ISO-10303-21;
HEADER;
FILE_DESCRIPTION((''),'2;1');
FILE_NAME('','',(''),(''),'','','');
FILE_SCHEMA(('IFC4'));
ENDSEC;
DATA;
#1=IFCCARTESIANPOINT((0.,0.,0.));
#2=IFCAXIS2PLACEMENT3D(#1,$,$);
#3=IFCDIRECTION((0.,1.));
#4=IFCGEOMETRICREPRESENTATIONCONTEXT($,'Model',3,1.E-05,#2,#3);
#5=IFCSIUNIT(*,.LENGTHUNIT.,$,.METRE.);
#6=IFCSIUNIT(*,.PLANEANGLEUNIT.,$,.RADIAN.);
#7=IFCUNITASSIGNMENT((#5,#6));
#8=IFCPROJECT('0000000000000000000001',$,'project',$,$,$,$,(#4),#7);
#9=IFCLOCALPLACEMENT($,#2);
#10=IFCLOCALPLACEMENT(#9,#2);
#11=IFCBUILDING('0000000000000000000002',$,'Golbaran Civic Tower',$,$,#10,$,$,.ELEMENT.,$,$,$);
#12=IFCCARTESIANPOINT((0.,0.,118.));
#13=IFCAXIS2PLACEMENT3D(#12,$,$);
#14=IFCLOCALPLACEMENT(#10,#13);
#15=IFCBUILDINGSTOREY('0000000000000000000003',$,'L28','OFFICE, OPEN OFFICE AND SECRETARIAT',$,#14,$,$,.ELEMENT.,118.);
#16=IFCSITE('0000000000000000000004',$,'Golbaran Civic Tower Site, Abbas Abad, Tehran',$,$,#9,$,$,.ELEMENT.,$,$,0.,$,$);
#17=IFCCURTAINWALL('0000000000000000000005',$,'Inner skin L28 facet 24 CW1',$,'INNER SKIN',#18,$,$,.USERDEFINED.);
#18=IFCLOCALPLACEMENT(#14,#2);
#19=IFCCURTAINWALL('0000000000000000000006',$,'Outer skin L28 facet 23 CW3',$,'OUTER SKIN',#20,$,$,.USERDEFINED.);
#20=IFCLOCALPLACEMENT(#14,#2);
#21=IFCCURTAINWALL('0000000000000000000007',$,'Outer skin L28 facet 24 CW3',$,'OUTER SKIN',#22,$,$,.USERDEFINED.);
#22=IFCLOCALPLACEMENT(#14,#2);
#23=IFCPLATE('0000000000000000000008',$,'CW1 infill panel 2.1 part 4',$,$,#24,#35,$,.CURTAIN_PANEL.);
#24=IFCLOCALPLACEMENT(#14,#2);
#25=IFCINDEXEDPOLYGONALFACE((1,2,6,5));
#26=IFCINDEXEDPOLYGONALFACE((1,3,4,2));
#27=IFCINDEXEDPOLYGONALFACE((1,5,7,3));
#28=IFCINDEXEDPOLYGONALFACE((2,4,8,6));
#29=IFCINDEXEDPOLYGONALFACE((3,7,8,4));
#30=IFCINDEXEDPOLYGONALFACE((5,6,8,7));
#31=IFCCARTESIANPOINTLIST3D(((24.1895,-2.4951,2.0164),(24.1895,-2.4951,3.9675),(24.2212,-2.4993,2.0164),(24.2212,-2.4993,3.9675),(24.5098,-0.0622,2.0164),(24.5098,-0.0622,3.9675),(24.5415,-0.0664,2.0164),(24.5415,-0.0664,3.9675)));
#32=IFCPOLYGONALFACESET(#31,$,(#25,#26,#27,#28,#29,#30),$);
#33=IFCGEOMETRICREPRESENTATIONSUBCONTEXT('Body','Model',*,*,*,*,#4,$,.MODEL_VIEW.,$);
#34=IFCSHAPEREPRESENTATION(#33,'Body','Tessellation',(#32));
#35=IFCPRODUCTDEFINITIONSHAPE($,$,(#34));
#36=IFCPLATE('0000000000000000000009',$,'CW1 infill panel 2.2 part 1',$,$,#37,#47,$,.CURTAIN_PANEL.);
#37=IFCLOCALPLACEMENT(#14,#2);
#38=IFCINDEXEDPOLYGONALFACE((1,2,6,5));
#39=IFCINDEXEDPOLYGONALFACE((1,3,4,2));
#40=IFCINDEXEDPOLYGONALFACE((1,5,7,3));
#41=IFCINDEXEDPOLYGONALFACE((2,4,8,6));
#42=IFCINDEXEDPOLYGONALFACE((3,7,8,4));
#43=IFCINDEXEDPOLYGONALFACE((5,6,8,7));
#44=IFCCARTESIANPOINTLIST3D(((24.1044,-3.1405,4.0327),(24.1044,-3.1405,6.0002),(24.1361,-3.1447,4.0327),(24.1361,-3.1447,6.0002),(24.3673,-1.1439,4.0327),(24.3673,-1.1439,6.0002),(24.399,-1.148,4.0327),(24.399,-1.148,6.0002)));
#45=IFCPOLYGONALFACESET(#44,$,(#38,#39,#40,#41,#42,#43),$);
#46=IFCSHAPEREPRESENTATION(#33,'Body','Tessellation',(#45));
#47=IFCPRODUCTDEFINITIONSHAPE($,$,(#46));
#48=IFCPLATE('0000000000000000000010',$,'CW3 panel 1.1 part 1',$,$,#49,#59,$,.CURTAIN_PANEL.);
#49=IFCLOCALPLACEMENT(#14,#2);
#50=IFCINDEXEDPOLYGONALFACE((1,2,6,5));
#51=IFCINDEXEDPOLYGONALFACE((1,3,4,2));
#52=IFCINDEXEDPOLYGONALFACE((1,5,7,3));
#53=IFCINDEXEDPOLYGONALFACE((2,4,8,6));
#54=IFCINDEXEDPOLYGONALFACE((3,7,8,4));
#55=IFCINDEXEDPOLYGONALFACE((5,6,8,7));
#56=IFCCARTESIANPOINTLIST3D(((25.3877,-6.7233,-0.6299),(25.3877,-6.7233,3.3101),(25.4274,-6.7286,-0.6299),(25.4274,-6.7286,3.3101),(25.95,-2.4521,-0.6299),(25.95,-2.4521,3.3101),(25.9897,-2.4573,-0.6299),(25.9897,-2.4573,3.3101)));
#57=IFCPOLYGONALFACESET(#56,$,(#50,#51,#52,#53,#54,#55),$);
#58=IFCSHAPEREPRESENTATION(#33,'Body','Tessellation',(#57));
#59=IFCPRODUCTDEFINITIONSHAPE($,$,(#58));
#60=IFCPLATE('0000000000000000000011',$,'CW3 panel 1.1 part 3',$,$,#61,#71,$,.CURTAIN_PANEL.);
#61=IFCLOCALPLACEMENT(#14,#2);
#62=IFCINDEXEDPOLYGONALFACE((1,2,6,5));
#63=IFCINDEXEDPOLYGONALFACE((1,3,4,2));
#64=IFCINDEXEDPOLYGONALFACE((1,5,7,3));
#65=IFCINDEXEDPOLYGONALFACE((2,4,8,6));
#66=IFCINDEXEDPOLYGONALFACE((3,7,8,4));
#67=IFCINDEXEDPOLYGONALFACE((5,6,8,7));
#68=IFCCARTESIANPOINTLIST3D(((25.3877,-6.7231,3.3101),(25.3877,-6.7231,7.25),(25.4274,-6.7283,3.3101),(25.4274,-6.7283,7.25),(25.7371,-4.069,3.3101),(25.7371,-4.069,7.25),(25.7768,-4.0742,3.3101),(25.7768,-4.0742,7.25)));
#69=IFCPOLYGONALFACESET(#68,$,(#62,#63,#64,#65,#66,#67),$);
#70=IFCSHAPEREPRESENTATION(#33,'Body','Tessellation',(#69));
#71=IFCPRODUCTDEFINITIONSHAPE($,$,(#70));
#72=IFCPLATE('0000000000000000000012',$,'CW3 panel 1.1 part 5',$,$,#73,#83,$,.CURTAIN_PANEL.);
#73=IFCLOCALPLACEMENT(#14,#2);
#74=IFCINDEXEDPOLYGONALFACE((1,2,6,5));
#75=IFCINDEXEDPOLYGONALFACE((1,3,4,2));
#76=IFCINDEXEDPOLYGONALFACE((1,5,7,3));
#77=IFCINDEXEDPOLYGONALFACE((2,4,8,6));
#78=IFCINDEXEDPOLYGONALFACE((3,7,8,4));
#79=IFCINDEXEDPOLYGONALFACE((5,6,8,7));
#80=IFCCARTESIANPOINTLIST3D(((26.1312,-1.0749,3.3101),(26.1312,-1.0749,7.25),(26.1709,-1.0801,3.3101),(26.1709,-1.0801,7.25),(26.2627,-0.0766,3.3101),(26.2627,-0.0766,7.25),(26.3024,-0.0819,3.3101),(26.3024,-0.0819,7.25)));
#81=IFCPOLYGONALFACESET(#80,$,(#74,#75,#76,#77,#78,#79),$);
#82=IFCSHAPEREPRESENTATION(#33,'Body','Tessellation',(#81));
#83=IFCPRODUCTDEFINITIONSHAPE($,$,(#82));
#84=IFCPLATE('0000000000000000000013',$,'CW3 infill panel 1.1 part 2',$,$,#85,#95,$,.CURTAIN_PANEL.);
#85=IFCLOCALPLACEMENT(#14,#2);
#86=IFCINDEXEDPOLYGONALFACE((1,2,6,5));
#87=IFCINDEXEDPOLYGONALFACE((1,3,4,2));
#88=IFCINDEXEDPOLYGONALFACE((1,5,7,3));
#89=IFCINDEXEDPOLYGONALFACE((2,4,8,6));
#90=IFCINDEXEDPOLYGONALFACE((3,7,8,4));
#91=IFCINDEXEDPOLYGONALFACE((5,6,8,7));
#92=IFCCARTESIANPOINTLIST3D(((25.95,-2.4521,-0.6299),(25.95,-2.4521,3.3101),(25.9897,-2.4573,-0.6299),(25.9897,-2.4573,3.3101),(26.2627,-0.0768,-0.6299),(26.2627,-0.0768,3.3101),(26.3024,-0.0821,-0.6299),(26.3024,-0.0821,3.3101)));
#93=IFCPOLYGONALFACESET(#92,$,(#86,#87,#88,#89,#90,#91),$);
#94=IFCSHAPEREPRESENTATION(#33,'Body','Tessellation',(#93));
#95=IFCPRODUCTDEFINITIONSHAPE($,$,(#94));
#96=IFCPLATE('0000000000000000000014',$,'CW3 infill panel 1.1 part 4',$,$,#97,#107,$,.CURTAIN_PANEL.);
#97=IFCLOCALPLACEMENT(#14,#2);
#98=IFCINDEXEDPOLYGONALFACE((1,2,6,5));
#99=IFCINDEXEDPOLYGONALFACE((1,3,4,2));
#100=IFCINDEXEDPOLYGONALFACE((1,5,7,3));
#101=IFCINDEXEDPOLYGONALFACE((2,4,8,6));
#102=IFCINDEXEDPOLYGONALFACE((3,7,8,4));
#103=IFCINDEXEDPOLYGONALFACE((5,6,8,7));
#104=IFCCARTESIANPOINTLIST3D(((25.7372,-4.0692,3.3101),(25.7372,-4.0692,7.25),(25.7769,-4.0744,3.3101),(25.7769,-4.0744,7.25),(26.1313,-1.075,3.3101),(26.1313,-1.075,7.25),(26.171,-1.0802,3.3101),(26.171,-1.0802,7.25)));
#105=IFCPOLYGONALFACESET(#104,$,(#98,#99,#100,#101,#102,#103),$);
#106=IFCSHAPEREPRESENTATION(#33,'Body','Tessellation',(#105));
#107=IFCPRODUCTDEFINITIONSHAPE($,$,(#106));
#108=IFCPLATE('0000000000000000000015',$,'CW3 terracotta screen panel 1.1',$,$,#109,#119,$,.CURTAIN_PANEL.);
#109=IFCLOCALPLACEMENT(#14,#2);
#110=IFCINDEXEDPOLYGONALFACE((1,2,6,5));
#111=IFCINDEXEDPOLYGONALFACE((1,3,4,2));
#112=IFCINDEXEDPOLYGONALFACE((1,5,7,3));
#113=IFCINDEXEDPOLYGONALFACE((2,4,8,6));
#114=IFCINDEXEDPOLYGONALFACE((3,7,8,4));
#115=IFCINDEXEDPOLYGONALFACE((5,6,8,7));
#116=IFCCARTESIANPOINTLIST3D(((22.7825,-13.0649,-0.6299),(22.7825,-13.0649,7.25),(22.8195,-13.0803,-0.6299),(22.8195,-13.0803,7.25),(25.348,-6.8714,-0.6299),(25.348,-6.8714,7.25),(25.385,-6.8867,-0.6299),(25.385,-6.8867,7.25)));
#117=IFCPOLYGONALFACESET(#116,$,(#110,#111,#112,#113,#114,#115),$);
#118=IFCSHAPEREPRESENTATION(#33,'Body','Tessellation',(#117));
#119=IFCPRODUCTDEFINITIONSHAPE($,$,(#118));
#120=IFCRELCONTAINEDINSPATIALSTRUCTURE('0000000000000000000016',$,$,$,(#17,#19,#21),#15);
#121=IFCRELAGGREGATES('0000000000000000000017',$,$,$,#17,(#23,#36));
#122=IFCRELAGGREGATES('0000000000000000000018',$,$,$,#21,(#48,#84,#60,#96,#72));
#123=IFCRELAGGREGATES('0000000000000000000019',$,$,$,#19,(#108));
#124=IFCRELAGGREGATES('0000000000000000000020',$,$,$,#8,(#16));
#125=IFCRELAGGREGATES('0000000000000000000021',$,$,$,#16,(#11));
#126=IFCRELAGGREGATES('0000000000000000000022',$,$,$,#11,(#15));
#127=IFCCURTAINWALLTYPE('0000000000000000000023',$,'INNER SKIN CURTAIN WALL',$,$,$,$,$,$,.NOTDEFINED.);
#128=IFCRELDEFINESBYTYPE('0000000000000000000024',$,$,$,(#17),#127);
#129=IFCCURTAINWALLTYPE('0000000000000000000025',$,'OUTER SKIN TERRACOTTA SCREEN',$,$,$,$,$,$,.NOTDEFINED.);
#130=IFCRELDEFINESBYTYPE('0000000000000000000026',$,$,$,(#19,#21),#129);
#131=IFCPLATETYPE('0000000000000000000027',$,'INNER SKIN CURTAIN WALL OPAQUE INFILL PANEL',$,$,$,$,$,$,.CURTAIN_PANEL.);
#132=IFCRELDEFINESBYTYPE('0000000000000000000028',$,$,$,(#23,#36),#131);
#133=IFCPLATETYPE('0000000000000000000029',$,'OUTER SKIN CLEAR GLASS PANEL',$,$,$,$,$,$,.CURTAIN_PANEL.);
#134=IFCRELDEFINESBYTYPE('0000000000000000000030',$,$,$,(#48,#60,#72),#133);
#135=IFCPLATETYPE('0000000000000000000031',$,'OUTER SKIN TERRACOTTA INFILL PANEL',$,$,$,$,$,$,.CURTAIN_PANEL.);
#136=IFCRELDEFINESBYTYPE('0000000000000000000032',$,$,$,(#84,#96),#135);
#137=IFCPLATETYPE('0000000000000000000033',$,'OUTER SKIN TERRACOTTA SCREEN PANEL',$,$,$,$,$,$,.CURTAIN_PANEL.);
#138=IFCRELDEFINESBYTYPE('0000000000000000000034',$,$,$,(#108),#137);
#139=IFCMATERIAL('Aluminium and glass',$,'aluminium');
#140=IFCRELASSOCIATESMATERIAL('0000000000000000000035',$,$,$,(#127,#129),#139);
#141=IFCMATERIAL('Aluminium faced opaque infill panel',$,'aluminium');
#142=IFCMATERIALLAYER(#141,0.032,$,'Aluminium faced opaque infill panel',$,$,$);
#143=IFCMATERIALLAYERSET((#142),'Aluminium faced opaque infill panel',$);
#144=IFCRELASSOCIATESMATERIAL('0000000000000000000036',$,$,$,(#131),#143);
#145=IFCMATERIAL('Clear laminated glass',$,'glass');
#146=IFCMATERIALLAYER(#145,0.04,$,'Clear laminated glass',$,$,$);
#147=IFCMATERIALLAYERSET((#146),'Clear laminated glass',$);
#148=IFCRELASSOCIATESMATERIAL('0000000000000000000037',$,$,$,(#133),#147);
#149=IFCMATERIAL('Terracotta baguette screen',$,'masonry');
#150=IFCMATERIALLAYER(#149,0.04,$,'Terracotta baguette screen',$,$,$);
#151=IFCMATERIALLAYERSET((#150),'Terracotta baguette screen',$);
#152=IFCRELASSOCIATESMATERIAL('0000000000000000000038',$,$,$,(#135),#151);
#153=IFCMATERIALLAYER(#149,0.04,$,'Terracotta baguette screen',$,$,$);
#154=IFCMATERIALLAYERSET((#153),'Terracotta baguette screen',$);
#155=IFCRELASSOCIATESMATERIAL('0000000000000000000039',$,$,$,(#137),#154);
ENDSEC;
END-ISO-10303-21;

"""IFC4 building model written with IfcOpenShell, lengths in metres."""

from ifc_helpers import new_model, si_unit, direction, frame, origin, origin_2d, place, context, subcontext, project, spatial, rectangle, extrude, material, layer, layer_set, type_object, element, aggregate, save


model = new_model("IFC4")

# Units and contexts
model_context = context("Model", 3, precision=1e-05, world=origin(), true_north=direction((0.0, 1.0)))
body_context = subcontext(model_context, "Body", "Model", "MODEL_VIEW")
ifc_project = project(units=[si_unit("LENGTHUNIT", "METRE"), si_unit("PLANEANGLEUNIT", "RADIAN")], contexts=[model_context])

# Site, building, storey
site_placement = place(None, origin())
site = spatial("IfcSite", under=ifc_project, at=site_placement, Name="Golbaran Civic Tower Site, Abbas Abad, Tehran", CompositionType="ELEMENT", RefElevation=0.0)
building_placement = place(site_placement, origin())
building = spatial("IfcBuilding", under=site, at=building_placement, Name="Golbaran Civic Tower", CompositionType="ELEMENT")
storey_placement = place(building_placement, frame((0.0, 0.0, 118.0)))
storey = spatial("IfcBuildingStorey", under=building, at=storey_placement, Name="L28", Description="OFFICE, OPEN OFFICE AND SECRETARIAT", CompositionType="ELEMENT", Elevation=118.0)

# Curtain wall
ifc_material_1 = material(Name="Aluminium and glass", Category="aluminium")
curtain_wall_type_1 = type_object("IfcCurtainWallType", Name="INNER SKIN CURTAIN WALL", PredefinedType="NOTDEFINED", material=ifc_material_1)
curtain_wall_1_placement = place(storey_placement, origin())
curtain_wall_1 = element("IfcCurtainWall", 1, at=curtain_wall_1_placement, inside=storey, type_object=curtain_wall_type_1, Name="Inner skin L28 facet 24 CW1", ObjectType="INNER SKIN", PredefinedType="USERDEFINED")

# Curtain wall
curtain_wall_type_2 = type_object("IfcCurtainWallType", Name="OUTER SKIN TERRACOTTA SCREEN", PredefinedType="NOTDEFINED", material=ifc_material_1)
curtain_wall_2_placement = place(storey_placement, origin())
curtain_wall_2 = element("IfcCurtainWall", 2, at=curtain_wall_2_placement, inside=storey, type_object=curtain_wall_type_2, Name="Outer skin L28 facet 23 CW3", ObjectType="OUTER SKIN", PredefinedType="USERDEFINED")

# Curtain wall
curtain_wall_3_placement = place(storey_placement, origin())
curtain_wall_3 = element("IfcCurtainWall", 3, at=curtain_wall_3_placement, inside=storey, type_object=curtain_wall_type_2, Name="Outer skin L28 facet 24 CW3", ObjectType="OUTER SKIN", PredefinedType="USERDEFINED")

# Plates
ifc_material_2 = material(Name="Aluminium faced opaque infill panel", Category="aluminium")
ifc_layer_1 = layer(ifc_material_2, 0.032, Name="Aluminium faced opaque infill panel")
ifc_layer_set_1 = layer_set([ifc_layer_1], Name="Aluminium faced opaque infill panel")
plate_type_1 = type_object("IfcPlateType", Name="INNER SKIN CURTAIN WALL OPAQUE INFILL PANEL", PredefinedType="CURTAIN_PANEL", material=ifc_layer_set_1)
plate_1_placement = place(storey_placement, frame((24.3655, -1.2808, 2.0164), z_axis=(0.0, 0.0, 1.0), x_axis=(0.130526, 0.991445, 0.0)))
plate_1 = element("IfcPlate", 4, at=plate_1_placement, type_object=plate_type_1, Name="CW1 infill panel 2.1 part 4", PredefinedType="CURTAIN_PANEL", context=body_context, shape_type="SweptSolid", body=[
    extrude(rectangle(XDim=2.4539, YDim=0.032, at=origin_2d()), origin(), (0.0, 0.0, 1.0), 1.9512),
])
plate_2_placement = place(storey_placement, frame((24.2517, -2.1443, 4.0327), z_axis=(0.0, 0.0, 1.0), x_axis=(0.130526, 0.991445, 0.0)))
plate_2 = element("IfcPlate", 5, at=plate_2_placement, type_object=plate_type_1, Name="CW1 infill panel 2.2 part 1", PredefinedType="CURTAIN_PANEL", context=body_context, shape_type="SweptSolid", body=[
    extrude(rectangle(XDim=2.0139, YDim=0.032, at=origin_2d()), origin(), (0.0, 0.0, 1.0), 1.9675),
])
aggregate(curtain_wall_1, [plate_1, plate_2])
ifc_material_3 = material(Name="Clear laminated glass", Category="glass")
ifc_layer_2 = layer(ifc_material_3, 0.04, Name="Clear laminated glass")
ifc_layer_set_2 = layer_set([ifc_layer_2], Name="Clear laminated glass")
plate_type_2 = type_object("IfcPlateType", Name="OUTER SKIN CLEAR GLASS PANEL", PredefinedType="CURTAIN_PANEL", material=ifc_layer_set_2)
plate_3_placement = place(storey_placement, frame((25.6887, -4.5903, -0.6299), z_axis=(0.0, 0.0, 1.0), x_axis=(0.130526, 0.991445, 0.0)))
plate_3 = element("IfcPlate", 6, at=plate_3_placement, type_object=plate_type_2, Name="CW3 panel 1.1 part 1", PredefinedType="CURTAIN_PANEL", context=body_context, shape_type="SweptSolid", body=[
    extrude(rectangle(XDim=4.3081, YDim=0.04, at=origin_2d()), origin(), (0.0, 0.0, 1.0), 3.9399),
])
plate_4_placement = place(storey_placement, frame((25.5823, -5.3987, 3.3101), z_axis=(0.0, 0.0, 1.0), x_axis=(0.130526, 0.991445, 0.0)))
plate_4 = element("IfcPlate", 7, at=plate_4_placement, type_object=plate_type_2, Name="CW3 panel 1.1 part 3", PredefinedType="CURTAIN_PANEL", context=body_context, shape_type="SweptSolid", body=[
    extrude(rectangle(XDim=2.677, YDim=0.04, at=origin_2d()), origin(), (0.0, 0.0, 1.0), 3.9399),
])
plate_5_placement = place(storey_placement, frame((26.2168, -0.5784, 3.3101), z_axis=(0.0, 0.0, 1.0), x_axis=(0.130526, 0.991445, 0.0)))
plate_5 = element("IfcPlate", 8, at=plate_5_placement, type_object=plate_type_2, Name="CW3 panel 1.1 part 5", PredefinedType="CURTAIN_PANEL", context=body_context, shape_type="SweptSolid", body=[
    extrude(rectangle(XDim=1.0068, YDim=0.04, at=origin_2d()), origin(), (0.0, 0.0, 1.0), 3.9399),
])
ifc_material_4 = material(Name="Terracotta baguette screen", Category="masonry")
ifc_layer_3 = layer(ifc_material_4, 0.04, Name="Terracotta baguette screen")
ifc_layer_set_3 = layer_set([ifc_layer_3], Name="Terracotta baguette screen")
plate_type_3 = type_object("IfcPlateType", Name="OUTER SKIN TERRACOTTA INFILL PANEL", PredefinedType="CURTAIN_PANEL", material=ifc_layer_set_3)
plate_6_placement = place(storey_placement, frame((26.1262, -1.2671, -0.6299), z_axis=(0.0, 0.0, 1.0), x_axis=(0.130526, 0.991445, 0.0)))
plate_6 = element("IfcPlate", 9, at=plate_6_placement, type_object=plate_type_3, Name="CW3 infill panel 1.1 part 2", PredefinedType="CURTAIN_PANEL", context=body_context, shape_type="SweptSolid", body=[
    extrude(rectangle(XDim=2.3958, YDim=0.04, at=origin_2d()), origin(), (0.0, 0.0, 1.0), 3.9399),
])
plate_7_placement = place(storey_placement, frame((25.9541, -2.5747, 3.3101), z_axis=(0.0, 0.0, 1.0), x_axis=(0.130526, 0.991445, 0.0)))
plate_7 = element("IfcPlate", 10, at=plate_7_placement, type_object=plate_type_3, Name="CW3 infill panel 1.1 part 4", PredefinedType="CURTAIN_PANEL", context=body_context, shape_type="SweptSolid", body=[
    extrude(rectangle(XDim=3.02, YDim=0.04, at=origin_2d()), origin(), (0.0, 0.0, 1.0), 3.9399),
])
aggregate(curtain_wall_3, [plate_3, plate_6, plate_4, plate_7, plate_5])
ifc_layer_4 = layer(ifc_material_4, 0.04, Name="Terracotta baguette screen")
ifc_layer_set_4 = layer_set([ifc_layer_4], Name="Terracotta baguette screen")
plate_type_4 = type_object("IfcPlateType", Name="OUTER SKIN TERRACOTTA SCREEN PANEL", PredefinedType="CURTAIN_PANEL", material=ifc_layer_set_4)
plate_8_placement = place(storey_placement, frame((24.0837, -9.9758, -0.6299), z_axis=(0.0, 0.0, 1.0), x_axis=(0.382683, 0.92388, 0.0)))
plate_8 = element("IfcPlate", 11, at=plate_8_placement, type_object=plate_type_4, Name="CW3 terracotta screen panel 1.1", PredefinedType="CURTAIN_PANEL", context=body_context, shape_type="SweptSolid", body=[
    extrude(rectangle(XDim=6.7039, YDim=0.04, at=origin_2d()), origin(), (0.0, 0.0, 1.0), 7.8799),
])
aggregate(curtain_wall_2, [plate_8])

save(model, "model.ifc")
